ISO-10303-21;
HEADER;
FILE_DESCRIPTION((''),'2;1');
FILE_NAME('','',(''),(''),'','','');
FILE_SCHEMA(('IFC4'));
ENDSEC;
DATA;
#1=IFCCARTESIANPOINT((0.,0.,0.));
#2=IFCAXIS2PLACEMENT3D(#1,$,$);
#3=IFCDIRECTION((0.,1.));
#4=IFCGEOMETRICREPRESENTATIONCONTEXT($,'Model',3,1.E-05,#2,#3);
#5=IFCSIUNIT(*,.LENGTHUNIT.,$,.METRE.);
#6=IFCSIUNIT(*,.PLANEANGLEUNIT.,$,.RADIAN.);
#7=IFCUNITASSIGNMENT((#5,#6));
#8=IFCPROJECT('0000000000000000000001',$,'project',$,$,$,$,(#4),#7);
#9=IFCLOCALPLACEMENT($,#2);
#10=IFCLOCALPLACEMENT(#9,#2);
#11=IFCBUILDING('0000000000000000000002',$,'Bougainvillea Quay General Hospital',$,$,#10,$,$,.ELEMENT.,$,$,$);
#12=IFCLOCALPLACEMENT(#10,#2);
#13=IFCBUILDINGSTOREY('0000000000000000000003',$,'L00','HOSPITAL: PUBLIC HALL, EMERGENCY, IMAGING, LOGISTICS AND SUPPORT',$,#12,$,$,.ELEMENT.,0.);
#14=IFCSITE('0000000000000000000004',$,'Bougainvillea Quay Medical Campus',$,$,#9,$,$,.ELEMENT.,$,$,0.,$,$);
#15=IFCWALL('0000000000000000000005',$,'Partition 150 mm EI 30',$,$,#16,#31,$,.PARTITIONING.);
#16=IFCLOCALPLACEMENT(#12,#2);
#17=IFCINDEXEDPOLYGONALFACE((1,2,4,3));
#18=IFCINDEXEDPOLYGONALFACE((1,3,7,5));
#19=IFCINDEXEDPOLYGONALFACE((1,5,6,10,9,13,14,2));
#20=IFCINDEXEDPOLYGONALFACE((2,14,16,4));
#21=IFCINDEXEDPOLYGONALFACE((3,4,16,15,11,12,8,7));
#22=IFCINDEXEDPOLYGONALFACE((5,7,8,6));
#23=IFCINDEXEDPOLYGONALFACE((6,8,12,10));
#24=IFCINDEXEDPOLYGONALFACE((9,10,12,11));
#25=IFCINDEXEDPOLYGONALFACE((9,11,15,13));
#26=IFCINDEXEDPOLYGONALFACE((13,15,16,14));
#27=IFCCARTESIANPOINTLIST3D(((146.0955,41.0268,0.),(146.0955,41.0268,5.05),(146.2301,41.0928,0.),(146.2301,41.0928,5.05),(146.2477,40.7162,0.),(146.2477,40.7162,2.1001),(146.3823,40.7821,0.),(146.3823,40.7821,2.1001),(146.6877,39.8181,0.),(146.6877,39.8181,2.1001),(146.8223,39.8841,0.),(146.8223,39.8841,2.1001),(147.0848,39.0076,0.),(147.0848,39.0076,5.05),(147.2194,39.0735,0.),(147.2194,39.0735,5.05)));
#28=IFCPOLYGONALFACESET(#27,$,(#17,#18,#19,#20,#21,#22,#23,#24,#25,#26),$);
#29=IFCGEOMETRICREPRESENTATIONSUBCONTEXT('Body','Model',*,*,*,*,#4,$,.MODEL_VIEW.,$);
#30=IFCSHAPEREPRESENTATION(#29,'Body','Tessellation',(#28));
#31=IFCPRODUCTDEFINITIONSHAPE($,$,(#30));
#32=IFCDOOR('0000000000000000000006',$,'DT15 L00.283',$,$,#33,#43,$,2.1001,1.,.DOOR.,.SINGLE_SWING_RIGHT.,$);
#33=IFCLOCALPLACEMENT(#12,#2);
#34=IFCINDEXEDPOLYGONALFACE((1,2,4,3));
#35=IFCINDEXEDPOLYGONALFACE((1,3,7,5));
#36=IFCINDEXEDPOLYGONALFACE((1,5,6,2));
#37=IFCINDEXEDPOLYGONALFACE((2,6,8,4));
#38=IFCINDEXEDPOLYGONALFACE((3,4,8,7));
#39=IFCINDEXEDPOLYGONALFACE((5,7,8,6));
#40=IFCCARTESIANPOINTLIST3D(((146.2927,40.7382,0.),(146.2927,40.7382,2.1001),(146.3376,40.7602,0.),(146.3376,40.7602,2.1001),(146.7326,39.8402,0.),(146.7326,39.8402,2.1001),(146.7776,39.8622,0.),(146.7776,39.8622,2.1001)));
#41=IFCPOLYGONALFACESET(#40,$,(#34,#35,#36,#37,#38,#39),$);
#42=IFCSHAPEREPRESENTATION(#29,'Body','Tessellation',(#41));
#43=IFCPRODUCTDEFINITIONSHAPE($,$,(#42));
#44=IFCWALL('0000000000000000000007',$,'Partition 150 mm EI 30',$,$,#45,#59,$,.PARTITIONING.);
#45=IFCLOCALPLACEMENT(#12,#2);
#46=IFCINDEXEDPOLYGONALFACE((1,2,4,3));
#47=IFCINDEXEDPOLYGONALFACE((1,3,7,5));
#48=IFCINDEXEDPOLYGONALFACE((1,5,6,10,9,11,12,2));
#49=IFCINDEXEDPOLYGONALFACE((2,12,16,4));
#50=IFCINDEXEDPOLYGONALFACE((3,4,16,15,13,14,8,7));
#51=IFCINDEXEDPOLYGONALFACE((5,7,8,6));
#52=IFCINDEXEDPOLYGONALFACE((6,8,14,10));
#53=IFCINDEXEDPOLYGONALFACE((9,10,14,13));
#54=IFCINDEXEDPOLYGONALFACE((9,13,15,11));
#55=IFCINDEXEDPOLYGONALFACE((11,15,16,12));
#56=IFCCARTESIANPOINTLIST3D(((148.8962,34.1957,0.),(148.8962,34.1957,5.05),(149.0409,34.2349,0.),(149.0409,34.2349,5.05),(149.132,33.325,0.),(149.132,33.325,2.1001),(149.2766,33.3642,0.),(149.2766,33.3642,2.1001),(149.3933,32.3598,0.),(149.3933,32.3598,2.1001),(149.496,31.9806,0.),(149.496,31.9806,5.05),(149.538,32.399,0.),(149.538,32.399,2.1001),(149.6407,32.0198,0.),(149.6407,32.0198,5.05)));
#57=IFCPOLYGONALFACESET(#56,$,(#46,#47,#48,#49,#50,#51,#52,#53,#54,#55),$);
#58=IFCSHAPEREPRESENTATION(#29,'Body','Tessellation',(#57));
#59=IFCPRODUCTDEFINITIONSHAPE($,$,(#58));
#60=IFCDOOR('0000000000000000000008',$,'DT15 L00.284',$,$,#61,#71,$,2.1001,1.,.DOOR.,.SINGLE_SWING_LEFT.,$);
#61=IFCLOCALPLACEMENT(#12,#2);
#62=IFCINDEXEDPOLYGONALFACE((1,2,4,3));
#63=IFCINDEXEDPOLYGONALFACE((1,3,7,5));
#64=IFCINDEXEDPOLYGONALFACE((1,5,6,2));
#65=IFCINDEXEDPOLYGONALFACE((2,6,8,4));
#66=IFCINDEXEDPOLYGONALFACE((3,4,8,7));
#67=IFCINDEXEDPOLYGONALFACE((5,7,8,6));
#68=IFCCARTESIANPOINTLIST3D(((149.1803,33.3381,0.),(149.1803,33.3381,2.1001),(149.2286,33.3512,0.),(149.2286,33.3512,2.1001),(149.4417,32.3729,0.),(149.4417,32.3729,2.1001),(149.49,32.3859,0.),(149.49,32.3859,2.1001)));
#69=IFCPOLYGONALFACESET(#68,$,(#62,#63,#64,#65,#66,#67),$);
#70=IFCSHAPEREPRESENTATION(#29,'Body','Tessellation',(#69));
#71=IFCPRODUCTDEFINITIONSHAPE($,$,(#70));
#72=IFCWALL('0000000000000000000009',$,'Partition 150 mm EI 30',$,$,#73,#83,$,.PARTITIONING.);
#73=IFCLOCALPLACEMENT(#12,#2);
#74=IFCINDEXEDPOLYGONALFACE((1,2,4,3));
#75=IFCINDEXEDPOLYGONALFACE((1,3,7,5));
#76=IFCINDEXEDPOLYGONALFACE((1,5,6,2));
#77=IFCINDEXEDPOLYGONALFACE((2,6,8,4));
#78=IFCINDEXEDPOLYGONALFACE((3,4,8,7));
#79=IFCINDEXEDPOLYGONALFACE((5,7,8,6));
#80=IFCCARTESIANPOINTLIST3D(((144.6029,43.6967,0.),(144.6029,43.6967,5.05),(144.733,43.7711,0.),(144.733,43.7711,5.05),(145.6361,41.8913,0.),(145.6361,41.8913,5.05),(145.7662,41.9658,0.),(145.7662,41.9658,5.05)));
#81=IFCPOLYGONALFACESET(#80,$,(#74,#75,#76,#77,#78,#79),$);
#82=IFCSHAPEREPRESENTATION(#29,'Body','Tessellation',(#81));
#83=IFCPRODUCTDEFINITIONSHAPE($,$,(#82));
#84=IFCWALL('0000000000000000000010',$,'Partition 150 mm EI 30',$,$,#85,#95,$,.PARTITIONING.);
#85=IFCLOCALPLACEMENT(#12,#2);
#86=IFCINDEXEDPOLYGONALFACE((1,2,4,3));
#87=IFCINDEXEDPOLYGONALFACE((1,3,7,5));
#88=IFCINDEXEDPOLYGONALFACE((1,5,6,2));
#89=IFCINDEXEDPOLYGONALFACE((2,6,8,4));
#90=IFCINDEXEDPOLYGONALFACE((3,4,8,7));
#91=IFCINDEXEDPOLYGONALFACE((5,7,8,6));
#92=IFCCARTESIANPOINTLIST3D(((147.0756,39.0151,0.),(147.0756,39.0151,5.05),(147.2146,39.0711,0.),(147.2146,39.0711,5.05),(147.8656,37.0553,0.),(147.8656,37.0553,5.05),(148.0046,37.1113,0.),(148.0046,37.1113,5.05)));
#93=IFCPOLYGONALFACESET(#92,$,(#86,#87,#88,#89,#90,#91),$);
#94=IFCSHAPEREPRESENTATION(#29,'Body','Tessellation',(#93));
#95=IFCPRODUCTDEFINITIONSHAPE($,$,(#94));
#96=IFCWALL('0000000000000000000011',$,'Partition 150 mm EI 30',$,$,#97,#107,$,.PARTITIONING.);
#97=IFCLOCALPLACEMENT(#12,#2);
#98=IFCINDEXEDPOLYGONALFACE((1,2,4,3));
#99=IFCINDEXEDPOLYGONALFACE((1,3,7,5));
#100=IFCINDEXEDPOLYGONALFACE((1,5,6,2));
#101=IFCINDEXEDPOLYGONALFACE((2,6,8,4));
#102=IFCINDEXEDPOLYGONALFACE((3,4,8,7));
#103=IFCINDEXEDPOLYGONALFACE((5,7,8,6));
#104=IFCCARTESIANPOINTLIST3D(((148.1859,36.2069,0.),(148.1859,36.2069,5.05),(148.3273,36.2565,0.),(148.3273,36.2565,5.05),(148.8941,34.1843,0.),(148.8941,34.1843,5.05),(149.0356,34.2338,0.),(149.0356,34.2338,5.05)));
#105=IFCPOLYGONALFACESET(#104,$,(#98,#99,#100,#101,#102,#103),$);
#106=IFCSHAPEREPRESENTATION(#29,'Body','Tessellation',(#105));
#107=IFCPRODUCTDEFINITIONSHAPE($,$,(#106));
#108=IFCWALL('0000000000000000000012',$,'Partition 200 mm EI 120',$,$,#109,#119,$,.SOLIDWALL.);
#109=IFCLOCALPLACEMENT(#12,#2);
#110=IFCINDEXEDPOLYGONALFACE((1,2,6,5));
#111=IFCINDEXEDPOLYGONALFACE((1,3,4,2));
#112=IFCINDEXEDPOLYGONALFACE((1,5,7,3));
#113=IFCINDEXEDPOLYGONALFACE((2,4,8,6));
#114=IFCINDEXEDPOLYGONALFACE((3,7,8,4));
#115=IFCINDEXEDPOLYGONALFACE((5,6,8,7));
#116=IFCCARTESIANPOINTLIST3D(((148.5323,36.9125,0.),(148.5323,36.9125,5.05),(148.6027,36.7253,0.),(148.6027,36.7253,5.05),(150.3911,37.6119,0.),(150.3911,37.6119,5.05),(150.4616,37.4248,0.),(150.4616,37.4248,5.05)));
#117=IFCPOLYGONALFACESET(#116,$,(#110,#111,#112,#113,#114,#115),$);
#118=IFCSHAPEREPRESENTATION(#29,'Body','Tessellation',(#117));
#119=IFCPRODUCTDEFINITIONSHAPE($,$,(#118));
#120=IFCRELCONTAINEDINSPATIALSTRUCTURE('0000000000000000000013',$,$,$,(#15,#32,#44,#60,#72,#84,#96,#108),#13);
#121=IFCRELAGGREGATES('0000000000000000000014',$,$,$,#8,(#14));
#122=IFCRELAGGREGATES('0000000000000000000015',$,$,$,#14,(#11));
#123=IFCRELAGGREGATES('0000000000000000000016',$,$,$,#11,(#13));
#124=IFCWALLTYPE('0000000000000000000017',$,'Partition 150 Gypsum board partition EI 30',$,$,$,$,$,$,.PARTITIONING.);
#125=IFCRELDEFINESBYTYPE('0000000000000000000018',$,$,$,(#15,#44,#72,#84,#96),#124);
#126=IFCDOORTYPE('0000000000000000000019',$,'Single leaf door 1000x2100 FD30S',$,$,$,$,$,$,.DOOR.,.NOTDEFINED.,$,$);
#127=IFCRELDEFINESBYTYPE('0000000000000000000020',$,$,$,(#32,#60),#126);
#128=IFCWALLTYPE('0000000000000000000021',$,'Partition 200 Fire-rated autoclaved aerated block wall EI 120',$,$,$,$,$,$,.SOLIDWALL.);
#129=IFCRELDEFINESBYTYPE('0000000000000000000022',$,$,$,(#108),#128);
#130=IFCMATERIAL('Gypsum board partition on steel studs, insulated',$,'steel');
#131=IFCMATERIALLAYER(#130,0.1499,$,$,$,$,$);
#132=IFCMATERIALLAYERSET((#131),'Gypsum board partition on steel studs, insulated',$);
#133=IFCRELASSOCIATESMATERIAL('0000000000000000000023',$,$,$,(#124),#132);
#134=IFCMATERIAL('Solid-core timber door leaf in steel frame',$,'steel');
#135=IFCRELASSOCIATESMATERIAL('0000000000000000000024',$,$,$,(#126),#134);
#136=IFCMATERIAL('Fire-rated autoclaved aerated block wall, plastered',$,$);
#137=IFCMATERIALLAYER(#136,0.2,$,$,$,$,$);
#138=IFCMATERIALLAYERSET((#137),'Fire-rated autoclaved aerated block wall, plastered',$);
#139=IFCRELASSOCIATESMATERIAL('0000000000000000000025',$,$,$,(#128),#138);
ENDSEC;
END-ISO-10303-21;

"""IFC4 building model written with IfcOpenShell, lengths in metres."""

from ifc_helpers import new_model, si_unit, direction, frame, frame_2d, origin, place, context, subcontext, project, spatial, rectangle, extrude, material, layer, layer_set, type_object, element, fill, save


model = new_model("IFC4")

# Units and contexts
model_context = context("Model", 3, precision=1e-05, world=origin(), true_north=direction((0.0, 1.0)))
body_context = subcontext(model_context, "Body", "Model", "MODEL_VIEW")
ifc_project = project(units=[si_unit("LENGTHUNIT", "METRE"), si_unit("PLANEANGLEUNIT", "RADIAN")], contexts=[model_context])

# Site, building, storey
site_placement = place(None, origin())
site = spatial("IfcSite", under=ifc_project, at=site_placement, Name="Bougainvillea Quay Medical Campus", CompositionType="ELEMENT", RefElevation=0.0)
building_placement = place(site_placement, origin())
building = spatial("IfcBuilding", under=site, at=building_placement, Name="Bougainvillea Quay General Hospital", CompositionType="ELEMENT")
storey_placement = place(building_placement, origin())
storey = spatial("IfcBuildingStorey", under=building, at=storey_placement, Name="L00", Description="HOSPITAL: PUBLIC HALL, EMERGENCY, IMAGING, LOGISTICS AND SUPPORT", CompositionType="ELEMENT", Elevation=0.0)

# Shared definitions
ifc_material_1 = material(Name="Gypsum board partition on steel studs, insulated", Category="steel")
ifc_layer_1 = layer(ifc_material_1, 0.1499)
ifc_layer_set_1 = layer_set([ifc_layer_1], Name="Gypsum board partition on steel studs, insulated")
wall_type_1 = type_object("IfcWallType", Name="Partition 150 Gypsum board partition EI 30", PredefinedType="PARTITIONING", material=ifc_layer_set_1)

# Walls, openings, doors
wall_1_placement = place(storey_placement, frame((146.1628, 41.0598, 0.0), z_axis=(0.0, 0.0, 1.0), x_axis=(0.439946, -0.898024, 0.0)))
wall_1 = element("IfcWall", 1, at=wall_1_placement, inside=storey, type_object=wall_type_1, Name="Partition 150 mm EI 30", PredefinedType="PARTITIONING", context=body_context, shape_type="SweptSolid", body=[
    extrude(rectangle(XDim=2.2485, YDim=0.1499, at=frame_2d((1.1243, 0.0))), origin(), (0.0, 0.0, 1.0), 5.05),
])
opening_1_placement = place(wall_1_placement, frame((0.3459, 0.0, 0.0)))
opening_1 = element("IfcOpeningElement", 2, at=opening_1_placement, cuts=wall_1, PredefinedType="OPENING", context=body_context, shape_type="SweptSolid", body=[
    extrude(rectangle(XDim=1.0, YDim=2.1001, at=frame_2d((0.5, 1.05))), frame((0.0, 0.085, 0.0), z_axis=(0.0, -1.0, 0.0), x_axis=(1.0, 0.0, 0.0)), (0.0, 0.0, 1.0), 0.1699),
])
ifc_material_2 = material(Name="Solid-core timber door leaf in steel frame", Category="steel")
door_type_1 = type_object("IfcDoorType", Name="Single leaf door 1000x2100 FD30S", OperationType="NOTDEFINED", PredefinedType="DOOR", material=ifc_material_2)
door_1_placement = place(opening_1_placement, frame((1.0, 0.0, 0.0), z_axis=(0.0, 0.0, 1.0), x_axis=(-1.0, 0.0, 0.0)))
door_1 = element("IfcDoor", 3, at=door_1_placement, inside=storey, type_object=door_type_1, Name="DT15 L00.283", OperationType="SINGLE_SWING_RIGHT", OverallHeight=2.1001, OverallWidth=1.0, PredefinedType="DOOR", context=body_context, shape_type="SweptSolid", body=[
    extrude(rectangle(XDim=1.0, YDim=2.1001, at=frame_2d((0.5, 1.05))), frame((0.0, 0.0249, 0.0), z_axis=(0.0, -1.0, 0.0), x_axis=(1.0, 0.0, 0.0)), (0.0, 0.0, 1.0), 0.05),
])
fill(opening_1, door_1)
wall_2_placement = place(storey_placement, frame((148.9685, 34.2153, 0.0), z_axis=(0.0, 0.0, 1.0), x_axis=(0.261389, -0.965234, 0.0)))
wall_2 = element("IfcWall", 4, at=wall_2_placement, inside=storey, type_object=wall_type_1, Name="Partition 150 mm EI 30", PredefinedType="PARTITIONING", context=body_context, shape_type="SweptSolid", body=[
    extrude(rectangle(XDim=2.2949, YDim=0.1499, at=frame_2d((1.1475, 0.0))), origin(), (0.0, 0.0, 1.0), 5.05),
])
opening_2_placement = place(wall_2_placement, frame((0.9021, 0.0, 0.0)))
opening_2 = element("IfcOpeningElement", 5, at=opening_2_placement, cuts=wall_2, PredefinedType="OPENING", context=body_context, shape_type="SweptSolid", body=[
    extrude(rectangle(XDim=1.0, YDim=2.1001, at=frame_2d((0.5, 1.05))), frame((0.0, 0.085, 0.0), z_axis=(0.0, -1.0, 0.0), x_axis=(1.0, 0.0, 0.0)), (0.0, 0.0, 1.0), 0.1699),
])
door_2_placement = place(opening_2_placement, frame((1.0, 0.0, 0.0), z_axis=(0.0, 0.0, 1.0), x_axis=(-1.0, 0.0, 0.0)))
door_2 = element("IfcDoor", 6, at=door_2_placement, inside=storey, type_object=door_type_1, Name="DT15 L00.284", OperationType="SINGLE_SWING_LEFT", OverallHeight=2.1001, OverallWidth=1.0, PredefinedType="DOOR", context=body_context, shape_type="SweptSolid", body=[
    extrude(rectangle(XDim=1.0, YDim=2.1001, at=frame_2d((0.5, 1.05))), frame((0.0, 0.0249, 0.0), z_axis=(0.0, -1.0, 0.0), x_axis=(1.0, 0.0, 0.0)), (0.0, 0.0, 1.0), 0.05),
])
fill(opening_2, door_2)

# Walls
wall_3_placement = place(storey_placement, frame((144.668, 43.7339, 0.0), z_axis=(0.0, 0.0, 1.0), x_axis=(0.496695, -0.867925, 0.0)))
element("IfcWall", 7, at=wall_3_placement, inside=storey, type_object=wall_type_1, Name="Partition 150 mm EI 30", PredefinedType="PARTITIONING", context=body_context, shape_type="SweptSolid", body=[
    extrude(rectangle(XDim=2.0801, YDim=0.1499, at=frame_2d((1.04, 0.0))), origin(), (0.0, 0.0, 1.0), 5.05),
])
wall_4_placement = place(storey_placement, frame((147.145, 39.0432, 0.0), z_axis=(0.0, 0.0, 1.0), x_axis=(0.373899, -0.927469, 0.0)))
element("IfcWall", 8, at=wall_4_placement, inside=storey, type_object=wall_type_1, Name="Partition 150 mm EI 30", PredefinedType="PARTITIONING", context=body_context, shape_type="SweptSolid", body=[
    extrude(rectangle(XDim=2.113, YDim=0.1499, at=frame_2d((1.0566, 0.0))), origin(), (0.0, 0.0, 1.0), 5.05),
])
wall_5_placement = place(storey_placement, frame((148.2566, 36.2317, 0.0), z_axis=(0.0, 0.0, 1.0), x_axis=(0.330477, -0.943814, 0.0)))
element("IfcWall", 9, at=wall_5_placement, inside=storey, type_object=wall_type_1, Name="Partition 150 mm EI 30", PredefinedType="PARTITIONING", context=body_context, shape_type="SweptSolid", body=[
    extrude(rectangle(XDim=2.1431, YDim=0.1499, at=frame_2d((1.0715, 0.0))), origin(), (0.0, 0.0, 1.0), 5.05),
])
ifc_material_3 = material(Name="Fire-rated autoclaved aerated block wall, plastered")
ifc_layer_2 = layer(ifc_material_3, 0.2)
ifc_layer_set_2 = layer_set([ifc_layer_2], Name="Fire-rated autoclaved aerated block wall, plastered")
wall_type_2 = type_object("IfcWallType", Name="Partition 200 Fire-rated autoclaved aerated block wall EI 120", PredefinedType="SOLIDWALL", material=ifc_layer_set_2)
wall_6_placement = place(storey_placement, frame((148.5674, 36.8188, 0.0), z_axis=(0.0, 0.0, 1.0), x_axis=(0.935935, 0.352174, 0.0)))
element("IfcWall", 10, at=wall_6_placement, inside=storey, type_object=wall_type_2, Name="Partition 200 mm EI 120", PredefinedType="SOLIDWALL", context=body_context, shape_type="SweptSolid", body=[
    extrude(rectangle(XDim=1.9861, YDim=0.2, at=frame_2d((0.9932, 0.0))), origin(), (0.0, 0.0, 1.0), 5.05),
])

save(model, "model.ifc")
